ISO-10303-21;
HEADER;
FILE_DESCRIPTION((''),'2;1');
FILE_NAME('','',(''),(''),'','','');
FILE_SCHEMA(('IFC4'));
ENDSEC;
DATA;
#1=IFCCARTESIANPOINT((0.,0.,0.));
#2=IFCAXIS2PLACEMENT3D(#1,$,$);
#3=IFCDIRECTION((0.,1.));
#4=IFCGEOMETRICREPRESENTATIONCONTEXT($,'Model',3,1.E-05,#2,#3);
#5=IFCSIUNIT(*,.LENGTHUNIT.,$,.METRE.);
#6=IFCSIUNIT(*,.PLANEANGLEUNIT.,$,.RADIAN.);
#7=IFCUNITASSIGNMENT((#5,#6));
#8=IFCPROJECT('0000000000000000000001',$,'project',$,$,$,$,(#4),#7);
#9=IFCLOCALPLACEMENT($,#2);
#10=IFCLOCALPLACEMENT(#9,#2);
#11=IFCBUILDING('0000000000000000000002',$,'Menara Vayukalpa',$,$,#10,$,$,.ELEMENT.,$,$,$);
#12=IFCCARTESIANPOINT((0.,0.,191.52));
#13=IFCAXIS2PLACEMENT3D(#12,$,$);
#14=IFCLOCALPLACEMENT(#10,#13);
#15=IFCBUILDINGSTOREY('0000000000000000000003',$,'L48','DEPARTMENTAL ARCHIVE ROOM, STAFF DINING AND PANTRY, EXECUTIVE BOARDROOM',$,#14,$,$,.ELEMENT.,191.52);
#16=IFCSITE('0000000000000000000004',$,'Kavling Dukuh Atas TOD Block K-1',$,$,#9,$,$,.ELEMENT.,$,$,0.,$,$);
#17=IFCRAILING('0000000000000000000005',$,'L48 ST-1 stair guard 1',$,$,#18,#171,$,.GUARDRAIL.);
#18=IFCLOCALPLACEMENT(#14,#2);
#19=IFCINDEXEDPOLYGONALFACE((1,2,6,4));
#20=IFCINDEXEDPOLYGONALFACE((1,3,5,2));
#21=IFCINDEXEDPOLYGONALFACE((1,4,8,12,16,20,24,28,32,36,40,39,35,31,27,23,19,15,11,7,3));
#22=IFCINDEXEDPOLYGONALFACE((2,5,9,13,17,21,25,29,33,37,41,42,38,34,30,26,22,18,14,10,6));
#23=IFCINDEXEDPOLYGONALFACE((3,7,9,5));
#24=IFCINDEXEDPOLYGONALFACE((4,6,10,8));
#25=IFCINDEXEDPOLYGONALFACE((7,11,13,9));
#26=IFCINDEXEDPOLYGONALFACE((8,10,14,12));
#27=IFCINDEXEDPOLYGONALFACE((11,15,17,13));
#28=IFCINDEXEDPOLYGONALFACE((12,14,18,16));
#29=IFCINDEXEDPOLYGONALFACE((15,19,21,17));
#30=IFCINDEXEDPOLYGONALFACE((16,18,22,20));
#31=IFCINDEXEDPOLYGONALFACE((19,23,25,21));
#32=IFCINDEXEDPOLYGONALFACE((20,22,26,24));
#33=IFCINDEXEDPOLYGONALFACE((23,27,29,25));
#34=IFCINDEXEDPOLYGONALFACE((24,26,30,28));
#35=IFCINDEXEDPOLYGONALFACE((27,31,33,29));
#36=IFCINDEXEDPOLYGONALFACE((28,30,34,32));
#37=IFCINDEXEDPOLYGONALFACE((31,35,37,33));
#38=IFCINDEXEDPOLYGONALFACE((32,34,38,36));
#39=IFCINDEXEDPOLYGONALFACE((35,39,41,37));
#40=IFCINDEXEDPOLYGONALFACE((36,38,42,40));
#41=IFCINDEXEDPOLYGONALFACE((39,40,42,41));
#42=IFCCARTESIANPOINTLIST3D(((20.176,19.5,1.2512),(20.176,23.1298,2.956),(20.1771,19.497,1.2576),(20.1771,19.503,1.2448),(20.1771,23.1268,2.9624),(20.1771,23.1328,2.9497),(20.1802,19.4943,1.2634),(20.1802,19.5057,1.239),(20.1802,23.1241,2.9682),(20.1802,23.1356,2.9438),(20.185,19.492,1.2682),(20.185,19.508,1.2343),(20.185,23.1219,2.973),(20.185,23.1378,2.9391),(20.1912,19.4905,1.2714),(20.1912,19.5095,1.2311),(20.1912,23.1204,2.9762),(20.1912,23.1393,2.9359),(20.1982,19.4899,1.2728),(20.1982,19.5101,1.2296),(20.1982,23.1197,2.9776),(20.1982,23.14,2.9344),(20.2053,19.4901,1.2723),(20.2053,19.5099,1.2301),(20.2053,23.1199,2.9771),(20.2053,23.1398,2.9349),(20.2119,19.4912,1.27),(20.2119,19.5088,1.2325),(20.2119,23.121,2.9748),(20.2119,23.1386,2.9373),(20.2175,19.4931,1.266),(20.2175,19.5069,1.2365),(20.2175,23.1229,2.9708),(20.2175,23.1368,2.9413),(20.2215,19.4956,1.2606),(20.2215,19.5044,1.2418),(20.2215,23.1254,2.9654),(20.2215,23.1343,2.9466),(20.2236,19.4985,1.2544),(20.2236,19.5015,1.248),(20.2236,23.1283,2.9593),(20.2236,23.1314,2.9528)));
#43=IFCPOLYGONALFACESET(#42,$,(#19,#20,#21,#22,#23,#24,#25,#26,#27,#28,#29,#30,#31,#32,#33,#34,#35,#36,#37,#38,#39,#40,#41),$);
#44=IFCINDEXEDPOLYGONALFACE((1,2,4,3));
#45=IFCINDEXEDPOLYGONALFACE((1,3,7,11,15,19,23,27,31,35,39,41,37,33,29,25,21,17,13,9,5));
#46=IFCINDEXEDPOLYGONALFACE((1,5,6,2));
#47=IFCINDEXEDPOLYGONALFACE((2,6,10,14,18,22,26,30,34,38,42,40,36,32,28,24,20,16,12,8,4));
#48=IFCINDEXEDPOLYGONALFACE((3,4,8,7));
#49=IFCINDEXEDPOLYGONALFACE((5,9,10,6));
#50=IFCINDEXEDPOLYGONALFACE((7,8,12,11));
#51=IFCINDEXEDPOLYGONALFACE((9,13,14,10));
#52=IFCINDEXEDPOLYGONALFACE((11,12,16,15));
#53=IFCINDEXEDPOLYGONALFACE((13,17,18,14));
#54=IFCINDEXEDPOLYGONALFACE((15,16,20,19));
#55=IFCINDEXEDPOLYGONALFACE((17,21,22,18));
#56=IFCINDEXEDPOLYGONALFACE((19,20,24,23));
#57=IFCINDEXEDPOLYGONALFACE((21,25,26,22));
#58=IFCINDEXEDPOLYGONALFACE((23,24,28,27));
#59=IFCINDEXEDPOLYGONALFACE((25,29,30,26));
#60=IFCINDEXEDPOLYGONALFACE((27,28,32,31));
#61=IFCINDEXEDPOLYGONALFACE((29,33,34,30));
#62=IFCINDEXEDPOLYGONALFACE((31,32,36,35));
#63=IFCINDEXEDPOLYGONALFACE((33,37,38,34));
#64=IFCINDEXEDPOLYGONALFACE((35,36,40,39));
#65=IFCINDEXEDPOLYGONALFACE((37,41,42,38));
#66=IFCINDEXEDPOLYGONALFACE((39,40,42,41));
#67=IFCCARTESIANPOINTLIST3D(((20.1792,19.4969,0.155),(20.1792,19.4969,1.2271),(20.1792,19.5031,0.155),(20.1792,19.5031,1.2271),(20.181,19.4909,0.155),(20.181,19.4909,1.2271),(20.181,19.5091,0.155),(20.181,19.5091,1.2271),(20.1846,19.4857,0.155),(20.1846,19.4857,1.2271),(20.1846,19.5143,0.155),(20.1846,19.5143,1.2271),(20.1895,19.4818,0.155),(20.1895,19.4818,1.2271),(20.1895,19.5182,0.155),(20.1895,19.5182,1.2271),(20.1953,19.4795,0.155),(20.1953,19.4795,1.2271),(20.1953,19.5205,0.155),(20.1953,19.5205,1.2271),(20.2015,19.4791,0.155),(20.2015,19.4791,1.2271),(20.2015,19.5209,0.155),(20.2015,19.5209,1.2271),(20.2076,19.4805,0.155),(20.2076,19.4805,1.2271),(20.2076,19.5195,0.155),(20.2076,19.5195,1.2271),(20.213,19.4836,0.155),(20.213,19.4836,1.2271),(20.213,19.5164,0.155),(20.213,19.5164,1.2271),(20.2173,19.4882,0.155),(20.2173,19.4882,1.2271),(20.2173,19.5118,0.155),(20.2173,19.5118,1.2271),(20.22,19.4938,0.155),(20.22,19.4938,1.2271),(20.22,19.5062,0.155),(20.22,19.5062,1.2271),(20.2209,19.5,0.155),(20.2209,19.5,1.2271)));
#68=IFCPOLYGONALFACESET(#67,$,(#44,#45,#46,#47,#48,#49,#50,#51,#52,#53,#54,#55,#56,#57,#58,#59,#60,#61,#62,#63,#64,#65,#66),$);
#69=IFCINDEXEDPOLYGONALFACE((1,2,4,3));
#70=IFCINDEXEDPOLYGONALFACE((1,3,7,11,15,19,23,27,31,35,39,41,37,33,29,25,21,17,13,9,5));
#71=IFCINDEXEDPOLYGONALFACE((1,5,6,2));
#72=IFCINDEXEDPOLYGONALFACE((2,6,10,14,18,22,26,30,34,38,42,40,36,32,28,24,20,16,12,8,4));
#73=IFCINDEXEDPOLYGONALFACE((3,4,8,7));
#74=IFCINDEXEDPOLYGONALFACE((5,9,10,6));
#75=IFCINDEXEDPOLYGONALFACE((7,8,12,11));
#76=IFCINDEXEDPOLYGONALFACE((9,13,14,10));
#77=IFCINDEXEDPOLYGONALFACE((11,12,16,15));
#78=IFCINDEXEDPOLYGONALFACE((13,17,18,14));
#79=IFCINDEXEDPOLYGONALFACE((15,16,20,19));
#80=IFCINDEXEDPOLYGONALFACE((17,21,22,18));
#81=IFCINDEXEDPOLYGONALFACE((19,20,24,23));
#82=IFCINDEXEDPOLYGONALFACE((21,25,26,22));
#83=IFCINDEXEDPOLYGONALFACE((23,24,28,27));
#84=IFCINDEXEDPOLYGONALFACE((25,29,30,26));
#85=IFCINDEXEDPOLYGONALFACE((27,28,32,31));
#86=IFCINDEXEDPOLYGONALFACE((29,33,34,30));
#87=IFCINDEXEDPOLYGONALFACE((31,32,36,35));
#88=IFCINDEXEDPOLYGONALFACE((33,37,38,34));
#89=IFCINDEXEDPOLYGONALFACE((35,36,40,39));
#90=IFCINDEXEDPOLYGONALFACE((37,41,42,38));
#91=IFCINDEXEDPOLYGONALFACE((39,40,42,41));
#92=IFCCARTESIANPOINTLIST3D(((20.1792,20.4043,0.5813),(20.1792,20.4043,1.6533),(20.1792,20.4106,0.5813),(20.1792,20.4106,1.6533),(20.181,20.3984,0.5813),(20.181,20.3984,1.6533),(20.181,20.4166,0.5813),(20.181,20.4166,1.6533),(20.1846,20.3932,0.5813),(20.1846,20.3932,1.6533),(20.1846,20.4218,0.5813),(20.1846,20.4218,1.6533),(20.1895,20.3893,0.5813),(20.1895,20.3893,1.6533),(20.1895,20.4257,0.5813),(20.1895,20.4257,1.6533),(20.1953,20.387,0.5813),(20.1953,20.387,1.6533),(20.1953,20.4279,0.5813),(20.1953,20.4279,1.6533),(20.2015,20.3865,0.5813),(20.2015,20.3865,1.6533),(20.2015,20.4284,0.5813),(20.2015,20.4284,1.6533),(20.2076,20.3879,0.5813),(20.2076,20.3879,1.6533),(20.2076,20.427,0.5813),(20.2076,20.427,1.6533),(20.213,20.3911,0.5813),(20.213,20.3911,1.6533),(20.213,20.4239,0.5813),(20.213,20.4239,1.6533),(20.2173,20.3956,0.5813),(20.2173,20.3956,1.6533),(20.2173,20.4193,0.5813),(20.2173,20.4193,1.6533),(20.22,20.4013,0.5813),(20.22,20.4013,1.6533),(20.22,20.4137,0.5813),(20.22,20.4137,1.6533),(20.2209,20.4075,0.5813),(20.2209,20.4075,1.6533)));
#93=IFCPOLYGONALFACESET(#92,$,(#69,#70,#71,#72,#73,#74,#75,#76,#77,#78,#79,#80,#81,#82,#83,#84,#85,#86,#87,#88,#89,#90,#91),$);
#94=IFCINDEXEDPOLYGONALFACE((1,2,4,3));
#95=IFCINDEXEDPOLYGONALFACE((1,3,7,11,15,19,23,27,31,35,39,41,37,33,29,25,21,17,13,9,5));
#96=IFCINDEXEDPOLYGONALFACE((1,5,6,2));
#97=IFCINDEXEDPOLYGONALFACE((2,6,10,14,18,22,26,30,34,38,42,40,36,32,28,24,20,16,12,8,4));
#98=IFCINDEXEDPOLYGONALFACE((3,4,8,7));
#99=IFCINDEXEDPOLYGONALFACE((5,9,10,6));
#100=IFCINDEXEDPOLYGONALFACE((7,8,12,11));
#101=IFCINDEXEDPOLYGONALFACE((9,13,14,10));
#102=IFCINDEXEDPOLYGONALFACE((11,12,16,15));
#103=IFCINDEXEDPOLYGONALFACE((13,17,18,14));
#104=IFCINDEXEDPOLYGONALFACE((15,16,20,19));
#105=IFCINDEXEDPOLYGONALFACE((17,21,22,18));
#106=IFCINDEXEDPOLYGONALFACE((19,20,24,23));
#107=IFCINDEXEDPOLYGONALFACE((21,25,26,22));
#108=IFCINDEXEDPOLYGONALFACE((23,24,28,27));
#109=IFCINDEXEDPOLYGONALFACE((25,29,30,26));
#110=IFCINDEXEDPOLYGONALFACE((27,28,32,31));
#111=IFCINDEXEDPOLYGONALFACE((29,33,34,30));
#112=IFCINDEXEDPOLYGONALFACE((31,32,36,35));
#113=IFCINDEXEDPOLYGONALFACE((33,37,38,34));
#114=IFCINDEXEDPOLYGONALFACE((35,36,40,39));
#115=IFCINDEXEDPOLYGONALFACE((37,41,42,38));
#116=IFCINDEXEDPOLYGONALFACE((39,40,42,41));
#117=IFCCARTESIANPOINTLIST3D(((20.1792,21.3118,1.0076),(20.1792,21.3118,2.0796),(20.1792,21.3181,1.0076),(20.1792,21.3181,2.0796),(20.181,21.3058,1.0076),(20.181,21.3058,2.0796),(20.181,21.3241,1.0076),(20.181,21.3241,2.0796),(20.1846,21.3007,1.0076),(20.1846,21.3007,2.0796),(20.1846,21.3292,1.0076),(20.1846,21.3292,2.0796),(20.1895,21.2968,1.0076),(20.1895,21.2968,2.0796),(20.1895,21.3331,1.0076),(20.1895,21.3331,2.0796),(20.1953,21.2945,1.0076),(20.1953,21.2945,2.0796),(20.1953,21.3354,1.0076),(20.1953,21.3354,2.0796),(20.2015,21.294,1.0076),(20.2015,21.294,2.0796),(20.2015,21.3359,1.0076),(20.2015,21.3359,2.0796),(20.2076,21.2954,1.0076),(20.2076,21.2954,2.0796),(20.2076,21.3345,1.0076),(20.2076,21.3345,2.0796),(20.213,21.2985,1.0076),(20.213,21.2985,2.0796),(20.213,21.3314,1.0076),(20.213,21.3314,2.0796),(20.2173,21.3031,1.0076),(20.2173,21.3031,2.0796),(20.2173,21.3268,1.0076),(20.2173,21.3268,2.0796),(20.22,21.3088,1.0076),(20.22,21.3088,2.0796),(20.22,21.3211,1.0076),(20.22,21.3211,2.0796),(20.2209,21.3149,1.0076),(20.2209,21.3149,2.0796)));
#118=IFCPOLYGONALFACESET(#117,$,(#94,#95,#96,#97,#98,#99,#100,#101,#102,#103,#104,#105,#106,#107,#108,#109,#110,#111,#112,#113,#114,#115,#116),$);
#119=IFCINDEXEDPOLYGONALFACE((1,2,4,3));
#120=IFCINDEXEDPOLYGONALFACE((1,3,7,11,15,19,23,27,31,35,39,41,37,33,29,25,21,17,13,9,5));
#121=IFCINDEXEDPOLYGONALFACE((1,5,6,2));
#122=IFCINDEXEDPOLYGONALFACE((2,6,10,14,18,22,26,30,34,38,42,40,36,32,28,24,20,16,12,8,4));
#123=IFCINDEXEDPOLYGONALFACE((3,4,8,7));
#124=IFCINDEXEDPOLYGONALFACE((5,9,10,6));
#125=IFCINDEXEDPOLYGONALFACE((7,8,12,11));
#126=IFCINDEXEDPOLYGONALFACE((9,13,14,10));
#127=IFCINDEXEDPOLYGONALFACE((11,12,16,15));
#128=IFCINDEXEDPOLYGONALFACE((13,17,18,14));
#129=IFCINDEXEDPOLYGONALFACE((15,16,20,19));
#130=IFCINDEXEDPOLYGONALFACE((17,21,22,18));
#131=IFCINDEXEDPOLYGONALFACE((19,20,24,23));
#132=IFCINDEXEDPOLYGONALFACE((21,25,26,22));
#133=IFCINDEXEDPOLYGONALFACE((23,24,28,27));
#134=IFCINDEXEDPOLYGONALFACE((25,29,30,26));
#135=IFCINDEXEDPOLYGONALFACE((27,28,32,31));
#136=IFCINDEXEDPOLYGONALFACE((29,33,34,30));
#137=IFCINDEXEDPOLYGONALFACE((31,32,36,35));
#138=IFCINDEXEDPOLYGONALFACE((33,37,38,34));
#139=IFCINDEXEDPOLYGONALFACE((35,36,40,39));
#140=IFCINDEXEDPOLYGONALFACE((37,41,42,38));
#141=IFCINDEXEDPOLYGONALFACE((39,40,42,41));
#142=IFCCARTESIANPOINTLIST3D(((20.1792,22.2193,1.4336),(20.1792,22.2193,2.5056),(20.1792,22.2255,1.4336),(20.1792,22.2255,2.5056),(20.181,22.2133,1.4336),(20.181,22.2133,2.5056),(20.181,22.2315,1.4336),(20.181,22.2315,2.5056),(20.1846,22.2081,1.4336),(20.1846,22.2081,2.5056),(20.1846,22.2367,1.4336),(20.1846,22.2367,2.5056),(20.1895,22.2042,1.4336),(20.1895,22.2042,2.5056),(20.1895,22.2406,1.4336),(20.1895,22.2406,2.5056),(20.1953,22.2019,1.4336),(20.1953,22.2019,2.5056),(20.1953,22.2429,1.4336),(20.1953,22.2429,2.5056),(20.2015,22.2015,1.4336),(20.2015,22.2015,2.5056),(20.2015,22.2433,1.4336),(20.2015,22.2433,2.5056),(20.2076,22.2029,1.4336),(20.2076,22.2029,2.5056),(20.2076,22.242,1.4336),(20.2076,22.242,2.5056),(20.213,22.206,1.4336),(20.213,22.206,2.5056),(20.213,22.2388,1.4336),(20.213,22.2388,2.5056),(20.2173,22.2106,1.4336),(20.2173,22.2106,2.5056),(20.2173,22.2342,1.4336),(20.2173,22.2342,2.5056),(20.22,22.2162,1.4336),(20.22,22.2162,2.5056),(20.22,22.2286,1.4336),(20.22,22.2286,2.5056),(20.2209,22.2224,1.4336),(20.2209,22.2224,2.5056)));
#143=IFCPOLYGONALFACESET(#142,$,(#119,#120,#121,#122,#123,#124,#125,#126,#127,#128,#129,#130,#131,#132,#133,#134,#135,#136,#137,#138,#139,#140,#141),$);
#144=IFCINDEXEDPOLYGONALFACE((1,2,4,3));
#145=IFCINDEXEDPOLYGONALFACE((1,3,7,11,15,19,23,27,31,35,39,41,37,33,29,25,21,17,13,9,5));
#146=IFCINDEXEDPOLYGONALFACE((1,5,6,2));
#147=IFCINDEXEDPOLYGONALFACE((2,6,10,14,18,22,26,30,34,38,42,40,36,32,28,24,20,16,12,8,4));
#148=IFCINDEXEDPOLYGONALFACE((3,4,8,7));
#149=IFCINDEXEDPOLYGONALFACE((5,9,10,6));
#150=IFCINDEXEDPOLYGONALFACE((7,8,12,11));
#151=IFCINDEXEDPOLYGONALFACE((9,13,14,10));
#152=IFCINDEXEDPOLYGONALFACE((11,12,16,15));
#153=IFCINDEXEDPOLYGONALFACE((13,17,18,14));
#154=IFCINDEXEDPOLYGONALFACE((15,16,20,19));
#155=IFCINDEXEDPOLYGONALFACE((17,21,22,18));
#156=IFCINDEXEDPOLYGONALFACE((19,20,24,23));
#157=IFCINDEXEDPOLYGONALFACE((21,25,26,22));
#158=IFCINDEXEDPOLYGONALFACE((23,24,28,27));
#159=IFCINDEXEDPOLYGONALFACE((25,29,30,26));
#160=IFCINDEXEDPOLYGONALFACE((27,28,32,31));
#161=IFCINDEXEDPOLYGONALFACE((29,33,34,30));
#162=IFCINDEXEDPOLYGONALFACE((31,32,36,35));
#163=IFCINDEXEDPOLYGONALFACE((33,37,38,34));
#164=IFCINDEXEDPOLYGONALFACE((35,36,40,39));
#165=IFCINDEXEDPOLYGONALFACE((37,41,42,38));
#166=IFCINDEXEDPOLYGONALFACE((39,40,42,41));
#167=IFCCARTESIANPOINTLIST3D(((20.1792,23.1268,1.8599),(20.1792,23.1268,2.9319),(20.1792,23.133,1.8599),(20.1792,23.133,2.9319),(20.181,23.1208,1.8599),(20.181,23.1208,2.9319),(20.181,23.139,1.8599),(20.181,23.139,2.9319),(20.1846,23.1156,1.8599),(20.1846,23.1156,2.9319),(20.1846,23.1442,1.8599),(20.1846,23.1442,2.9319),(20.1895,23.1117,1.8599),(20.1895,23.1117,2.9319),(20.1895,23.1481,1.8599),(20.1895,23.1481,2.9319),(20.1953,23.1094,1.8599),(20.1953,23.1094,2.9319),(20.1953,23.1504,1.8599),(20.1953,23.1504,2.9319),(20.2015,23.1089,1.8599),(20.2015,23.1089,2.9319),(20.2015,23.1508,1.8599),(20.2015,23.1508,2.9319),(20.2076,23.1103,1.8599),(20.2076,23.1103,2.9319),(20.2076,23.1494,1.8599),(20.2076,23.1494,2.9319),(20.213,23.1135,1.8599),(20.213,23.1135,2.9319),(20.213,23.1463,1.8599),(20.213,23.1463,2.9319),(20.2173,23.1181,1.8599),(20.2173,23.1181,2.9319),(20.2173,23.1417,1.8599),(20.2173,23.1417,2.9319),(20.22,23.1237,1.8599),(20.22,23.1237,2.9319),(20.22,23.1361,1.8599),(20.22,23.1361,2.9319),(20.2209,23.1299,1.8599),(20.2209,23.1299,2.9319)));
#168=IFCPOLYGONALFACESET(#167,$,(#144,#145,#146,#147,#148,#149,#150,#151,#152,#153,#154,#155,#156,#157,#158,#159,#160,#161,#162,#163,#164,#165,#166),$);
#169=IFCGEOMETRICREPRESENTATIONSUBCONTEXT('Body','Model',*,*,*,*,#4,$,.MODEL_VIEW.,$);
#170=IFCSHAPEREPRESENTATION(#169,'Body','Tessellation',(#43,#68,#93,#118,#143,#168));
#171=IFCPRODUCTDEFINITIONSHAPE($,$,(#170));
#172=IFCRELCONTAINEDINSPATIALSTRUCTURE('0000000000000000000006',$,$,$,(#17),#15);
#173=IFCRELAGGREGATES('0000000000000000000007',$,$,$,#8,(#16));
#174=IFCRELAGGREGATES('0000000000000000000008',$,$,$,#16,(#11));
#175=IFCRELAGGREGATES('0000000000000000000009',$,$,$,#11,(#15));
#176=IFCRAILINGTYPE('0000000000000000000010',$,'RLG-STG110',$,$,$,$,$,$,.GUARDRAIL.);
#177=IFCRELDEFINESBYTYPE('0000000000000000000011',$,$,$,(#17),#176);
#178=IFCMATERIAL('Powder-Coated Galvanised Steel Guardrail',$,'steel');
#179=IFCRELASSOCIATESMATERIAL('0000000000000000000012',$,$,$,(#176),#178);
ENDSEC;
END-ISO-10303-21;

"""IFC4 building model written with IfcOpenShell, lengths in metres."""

from ifc_helpers import new_model, si_unit, direction, frame, origin, origin_2d, place, context, subcontext, project, spatial, circle, extrude, material, type_object, element, save


model = new_model("IFC4")

# Units and contexts
model_context = context("Model", 3, precision=1e-05, world=origin(), true_north=direction((0.0, 1.0)))
body_context = subcontext(model_context, "Body", "Model", "MODEL_VIEW")
ifc_project = project(units=[si_unit("LENGTHUNIT", "METRE"), si_unit("PLANEANGLEUNIT", "RADIAN")], contexts=[model_context])

# Site, building, storey
site_placement = place(None, origin())
site = spatial("IfcSite", under=ifc_project, at=site_placement, Name="Kavling Dukuh Atas TOD Block K-1", CompositionType="ELEMENT", RefElevation=0.0)
building_placement = place(site_placement, origin())
building = spatial("IfcBuilding", under=site, at=building_placement, Name="Menara Vayukalpa", CompositionType="ELEMENT")
storey_placement = place(building_placement, frame((0.0, 0.0, 191.52)))
storey = spatial("IfcBuildingStorey", under=building, at=storey_placement, Name="L48", Description="DEPARTMENTAL ARCHIVE ROOM, STAFF DINING AND PANTRY, EXECUTIVE BOARDROOM", CompositionType="ELEMENT", Elevation=191.52)

# Railing
ifc_material_1 = material(Name="Powder-Coated Galvanised Steel Guardrail", Category="steel")
railing_type_1 = type_object("IfcRailingType", Name="RLG-STG110", PredefinedType="GUARDRAIL", material=ifc_material_1)
railing_1_placement = place(storey_placement, frame((20.2, 19.5, 0.155)))
element("IfcRailing", 1, at=railing_1_placement, inside=storey, type_object=railing_type_1, Name="L48 ST-1 stair guard 1", PredefinedType="GUARDRAIL", context=body_context, shape_type="SweptSolid", body=[
    extrude(circle(Radius=0.0239, at=origin_2d()), frame((0.0, 0.0, 1.0962), z_axis=(0.0, 0.90514, 0.425114), x_axis=(-1.0, 0.0, 0.0)), (0.0, 0.0, 1.0), 4.0103),
    extrude(circle(Radius=0.021, at=origin_2d()), origin(), (0.0, 0.0, 1.0), 1.072),
    extrude(circle(Radius=0.021, at=origin_2d()), frame((0.0, 0.9075, 0.4263)), (0.0, 0.0, 1.0), 1.072),
    extrude(circle(Radius=0.021, at=origin_2d()), frame((0.0, 1.8149, 0.8525)), (0.0, 0.0, 1.0), 1.072),
    extrude(circle(Radius=0.021, at=origin_2d()), frame((0.0, 2.7224, 1.2786)), (0.0, 0.0, 1.0), 1.072),
    extrude(circle(Radius=0.021, at=origin_2d()), frame((0.0, 3.6299, 1.7048)), (0.0, 0.0, 1.0), 1.072),
])

save(model, "model.ifc")
